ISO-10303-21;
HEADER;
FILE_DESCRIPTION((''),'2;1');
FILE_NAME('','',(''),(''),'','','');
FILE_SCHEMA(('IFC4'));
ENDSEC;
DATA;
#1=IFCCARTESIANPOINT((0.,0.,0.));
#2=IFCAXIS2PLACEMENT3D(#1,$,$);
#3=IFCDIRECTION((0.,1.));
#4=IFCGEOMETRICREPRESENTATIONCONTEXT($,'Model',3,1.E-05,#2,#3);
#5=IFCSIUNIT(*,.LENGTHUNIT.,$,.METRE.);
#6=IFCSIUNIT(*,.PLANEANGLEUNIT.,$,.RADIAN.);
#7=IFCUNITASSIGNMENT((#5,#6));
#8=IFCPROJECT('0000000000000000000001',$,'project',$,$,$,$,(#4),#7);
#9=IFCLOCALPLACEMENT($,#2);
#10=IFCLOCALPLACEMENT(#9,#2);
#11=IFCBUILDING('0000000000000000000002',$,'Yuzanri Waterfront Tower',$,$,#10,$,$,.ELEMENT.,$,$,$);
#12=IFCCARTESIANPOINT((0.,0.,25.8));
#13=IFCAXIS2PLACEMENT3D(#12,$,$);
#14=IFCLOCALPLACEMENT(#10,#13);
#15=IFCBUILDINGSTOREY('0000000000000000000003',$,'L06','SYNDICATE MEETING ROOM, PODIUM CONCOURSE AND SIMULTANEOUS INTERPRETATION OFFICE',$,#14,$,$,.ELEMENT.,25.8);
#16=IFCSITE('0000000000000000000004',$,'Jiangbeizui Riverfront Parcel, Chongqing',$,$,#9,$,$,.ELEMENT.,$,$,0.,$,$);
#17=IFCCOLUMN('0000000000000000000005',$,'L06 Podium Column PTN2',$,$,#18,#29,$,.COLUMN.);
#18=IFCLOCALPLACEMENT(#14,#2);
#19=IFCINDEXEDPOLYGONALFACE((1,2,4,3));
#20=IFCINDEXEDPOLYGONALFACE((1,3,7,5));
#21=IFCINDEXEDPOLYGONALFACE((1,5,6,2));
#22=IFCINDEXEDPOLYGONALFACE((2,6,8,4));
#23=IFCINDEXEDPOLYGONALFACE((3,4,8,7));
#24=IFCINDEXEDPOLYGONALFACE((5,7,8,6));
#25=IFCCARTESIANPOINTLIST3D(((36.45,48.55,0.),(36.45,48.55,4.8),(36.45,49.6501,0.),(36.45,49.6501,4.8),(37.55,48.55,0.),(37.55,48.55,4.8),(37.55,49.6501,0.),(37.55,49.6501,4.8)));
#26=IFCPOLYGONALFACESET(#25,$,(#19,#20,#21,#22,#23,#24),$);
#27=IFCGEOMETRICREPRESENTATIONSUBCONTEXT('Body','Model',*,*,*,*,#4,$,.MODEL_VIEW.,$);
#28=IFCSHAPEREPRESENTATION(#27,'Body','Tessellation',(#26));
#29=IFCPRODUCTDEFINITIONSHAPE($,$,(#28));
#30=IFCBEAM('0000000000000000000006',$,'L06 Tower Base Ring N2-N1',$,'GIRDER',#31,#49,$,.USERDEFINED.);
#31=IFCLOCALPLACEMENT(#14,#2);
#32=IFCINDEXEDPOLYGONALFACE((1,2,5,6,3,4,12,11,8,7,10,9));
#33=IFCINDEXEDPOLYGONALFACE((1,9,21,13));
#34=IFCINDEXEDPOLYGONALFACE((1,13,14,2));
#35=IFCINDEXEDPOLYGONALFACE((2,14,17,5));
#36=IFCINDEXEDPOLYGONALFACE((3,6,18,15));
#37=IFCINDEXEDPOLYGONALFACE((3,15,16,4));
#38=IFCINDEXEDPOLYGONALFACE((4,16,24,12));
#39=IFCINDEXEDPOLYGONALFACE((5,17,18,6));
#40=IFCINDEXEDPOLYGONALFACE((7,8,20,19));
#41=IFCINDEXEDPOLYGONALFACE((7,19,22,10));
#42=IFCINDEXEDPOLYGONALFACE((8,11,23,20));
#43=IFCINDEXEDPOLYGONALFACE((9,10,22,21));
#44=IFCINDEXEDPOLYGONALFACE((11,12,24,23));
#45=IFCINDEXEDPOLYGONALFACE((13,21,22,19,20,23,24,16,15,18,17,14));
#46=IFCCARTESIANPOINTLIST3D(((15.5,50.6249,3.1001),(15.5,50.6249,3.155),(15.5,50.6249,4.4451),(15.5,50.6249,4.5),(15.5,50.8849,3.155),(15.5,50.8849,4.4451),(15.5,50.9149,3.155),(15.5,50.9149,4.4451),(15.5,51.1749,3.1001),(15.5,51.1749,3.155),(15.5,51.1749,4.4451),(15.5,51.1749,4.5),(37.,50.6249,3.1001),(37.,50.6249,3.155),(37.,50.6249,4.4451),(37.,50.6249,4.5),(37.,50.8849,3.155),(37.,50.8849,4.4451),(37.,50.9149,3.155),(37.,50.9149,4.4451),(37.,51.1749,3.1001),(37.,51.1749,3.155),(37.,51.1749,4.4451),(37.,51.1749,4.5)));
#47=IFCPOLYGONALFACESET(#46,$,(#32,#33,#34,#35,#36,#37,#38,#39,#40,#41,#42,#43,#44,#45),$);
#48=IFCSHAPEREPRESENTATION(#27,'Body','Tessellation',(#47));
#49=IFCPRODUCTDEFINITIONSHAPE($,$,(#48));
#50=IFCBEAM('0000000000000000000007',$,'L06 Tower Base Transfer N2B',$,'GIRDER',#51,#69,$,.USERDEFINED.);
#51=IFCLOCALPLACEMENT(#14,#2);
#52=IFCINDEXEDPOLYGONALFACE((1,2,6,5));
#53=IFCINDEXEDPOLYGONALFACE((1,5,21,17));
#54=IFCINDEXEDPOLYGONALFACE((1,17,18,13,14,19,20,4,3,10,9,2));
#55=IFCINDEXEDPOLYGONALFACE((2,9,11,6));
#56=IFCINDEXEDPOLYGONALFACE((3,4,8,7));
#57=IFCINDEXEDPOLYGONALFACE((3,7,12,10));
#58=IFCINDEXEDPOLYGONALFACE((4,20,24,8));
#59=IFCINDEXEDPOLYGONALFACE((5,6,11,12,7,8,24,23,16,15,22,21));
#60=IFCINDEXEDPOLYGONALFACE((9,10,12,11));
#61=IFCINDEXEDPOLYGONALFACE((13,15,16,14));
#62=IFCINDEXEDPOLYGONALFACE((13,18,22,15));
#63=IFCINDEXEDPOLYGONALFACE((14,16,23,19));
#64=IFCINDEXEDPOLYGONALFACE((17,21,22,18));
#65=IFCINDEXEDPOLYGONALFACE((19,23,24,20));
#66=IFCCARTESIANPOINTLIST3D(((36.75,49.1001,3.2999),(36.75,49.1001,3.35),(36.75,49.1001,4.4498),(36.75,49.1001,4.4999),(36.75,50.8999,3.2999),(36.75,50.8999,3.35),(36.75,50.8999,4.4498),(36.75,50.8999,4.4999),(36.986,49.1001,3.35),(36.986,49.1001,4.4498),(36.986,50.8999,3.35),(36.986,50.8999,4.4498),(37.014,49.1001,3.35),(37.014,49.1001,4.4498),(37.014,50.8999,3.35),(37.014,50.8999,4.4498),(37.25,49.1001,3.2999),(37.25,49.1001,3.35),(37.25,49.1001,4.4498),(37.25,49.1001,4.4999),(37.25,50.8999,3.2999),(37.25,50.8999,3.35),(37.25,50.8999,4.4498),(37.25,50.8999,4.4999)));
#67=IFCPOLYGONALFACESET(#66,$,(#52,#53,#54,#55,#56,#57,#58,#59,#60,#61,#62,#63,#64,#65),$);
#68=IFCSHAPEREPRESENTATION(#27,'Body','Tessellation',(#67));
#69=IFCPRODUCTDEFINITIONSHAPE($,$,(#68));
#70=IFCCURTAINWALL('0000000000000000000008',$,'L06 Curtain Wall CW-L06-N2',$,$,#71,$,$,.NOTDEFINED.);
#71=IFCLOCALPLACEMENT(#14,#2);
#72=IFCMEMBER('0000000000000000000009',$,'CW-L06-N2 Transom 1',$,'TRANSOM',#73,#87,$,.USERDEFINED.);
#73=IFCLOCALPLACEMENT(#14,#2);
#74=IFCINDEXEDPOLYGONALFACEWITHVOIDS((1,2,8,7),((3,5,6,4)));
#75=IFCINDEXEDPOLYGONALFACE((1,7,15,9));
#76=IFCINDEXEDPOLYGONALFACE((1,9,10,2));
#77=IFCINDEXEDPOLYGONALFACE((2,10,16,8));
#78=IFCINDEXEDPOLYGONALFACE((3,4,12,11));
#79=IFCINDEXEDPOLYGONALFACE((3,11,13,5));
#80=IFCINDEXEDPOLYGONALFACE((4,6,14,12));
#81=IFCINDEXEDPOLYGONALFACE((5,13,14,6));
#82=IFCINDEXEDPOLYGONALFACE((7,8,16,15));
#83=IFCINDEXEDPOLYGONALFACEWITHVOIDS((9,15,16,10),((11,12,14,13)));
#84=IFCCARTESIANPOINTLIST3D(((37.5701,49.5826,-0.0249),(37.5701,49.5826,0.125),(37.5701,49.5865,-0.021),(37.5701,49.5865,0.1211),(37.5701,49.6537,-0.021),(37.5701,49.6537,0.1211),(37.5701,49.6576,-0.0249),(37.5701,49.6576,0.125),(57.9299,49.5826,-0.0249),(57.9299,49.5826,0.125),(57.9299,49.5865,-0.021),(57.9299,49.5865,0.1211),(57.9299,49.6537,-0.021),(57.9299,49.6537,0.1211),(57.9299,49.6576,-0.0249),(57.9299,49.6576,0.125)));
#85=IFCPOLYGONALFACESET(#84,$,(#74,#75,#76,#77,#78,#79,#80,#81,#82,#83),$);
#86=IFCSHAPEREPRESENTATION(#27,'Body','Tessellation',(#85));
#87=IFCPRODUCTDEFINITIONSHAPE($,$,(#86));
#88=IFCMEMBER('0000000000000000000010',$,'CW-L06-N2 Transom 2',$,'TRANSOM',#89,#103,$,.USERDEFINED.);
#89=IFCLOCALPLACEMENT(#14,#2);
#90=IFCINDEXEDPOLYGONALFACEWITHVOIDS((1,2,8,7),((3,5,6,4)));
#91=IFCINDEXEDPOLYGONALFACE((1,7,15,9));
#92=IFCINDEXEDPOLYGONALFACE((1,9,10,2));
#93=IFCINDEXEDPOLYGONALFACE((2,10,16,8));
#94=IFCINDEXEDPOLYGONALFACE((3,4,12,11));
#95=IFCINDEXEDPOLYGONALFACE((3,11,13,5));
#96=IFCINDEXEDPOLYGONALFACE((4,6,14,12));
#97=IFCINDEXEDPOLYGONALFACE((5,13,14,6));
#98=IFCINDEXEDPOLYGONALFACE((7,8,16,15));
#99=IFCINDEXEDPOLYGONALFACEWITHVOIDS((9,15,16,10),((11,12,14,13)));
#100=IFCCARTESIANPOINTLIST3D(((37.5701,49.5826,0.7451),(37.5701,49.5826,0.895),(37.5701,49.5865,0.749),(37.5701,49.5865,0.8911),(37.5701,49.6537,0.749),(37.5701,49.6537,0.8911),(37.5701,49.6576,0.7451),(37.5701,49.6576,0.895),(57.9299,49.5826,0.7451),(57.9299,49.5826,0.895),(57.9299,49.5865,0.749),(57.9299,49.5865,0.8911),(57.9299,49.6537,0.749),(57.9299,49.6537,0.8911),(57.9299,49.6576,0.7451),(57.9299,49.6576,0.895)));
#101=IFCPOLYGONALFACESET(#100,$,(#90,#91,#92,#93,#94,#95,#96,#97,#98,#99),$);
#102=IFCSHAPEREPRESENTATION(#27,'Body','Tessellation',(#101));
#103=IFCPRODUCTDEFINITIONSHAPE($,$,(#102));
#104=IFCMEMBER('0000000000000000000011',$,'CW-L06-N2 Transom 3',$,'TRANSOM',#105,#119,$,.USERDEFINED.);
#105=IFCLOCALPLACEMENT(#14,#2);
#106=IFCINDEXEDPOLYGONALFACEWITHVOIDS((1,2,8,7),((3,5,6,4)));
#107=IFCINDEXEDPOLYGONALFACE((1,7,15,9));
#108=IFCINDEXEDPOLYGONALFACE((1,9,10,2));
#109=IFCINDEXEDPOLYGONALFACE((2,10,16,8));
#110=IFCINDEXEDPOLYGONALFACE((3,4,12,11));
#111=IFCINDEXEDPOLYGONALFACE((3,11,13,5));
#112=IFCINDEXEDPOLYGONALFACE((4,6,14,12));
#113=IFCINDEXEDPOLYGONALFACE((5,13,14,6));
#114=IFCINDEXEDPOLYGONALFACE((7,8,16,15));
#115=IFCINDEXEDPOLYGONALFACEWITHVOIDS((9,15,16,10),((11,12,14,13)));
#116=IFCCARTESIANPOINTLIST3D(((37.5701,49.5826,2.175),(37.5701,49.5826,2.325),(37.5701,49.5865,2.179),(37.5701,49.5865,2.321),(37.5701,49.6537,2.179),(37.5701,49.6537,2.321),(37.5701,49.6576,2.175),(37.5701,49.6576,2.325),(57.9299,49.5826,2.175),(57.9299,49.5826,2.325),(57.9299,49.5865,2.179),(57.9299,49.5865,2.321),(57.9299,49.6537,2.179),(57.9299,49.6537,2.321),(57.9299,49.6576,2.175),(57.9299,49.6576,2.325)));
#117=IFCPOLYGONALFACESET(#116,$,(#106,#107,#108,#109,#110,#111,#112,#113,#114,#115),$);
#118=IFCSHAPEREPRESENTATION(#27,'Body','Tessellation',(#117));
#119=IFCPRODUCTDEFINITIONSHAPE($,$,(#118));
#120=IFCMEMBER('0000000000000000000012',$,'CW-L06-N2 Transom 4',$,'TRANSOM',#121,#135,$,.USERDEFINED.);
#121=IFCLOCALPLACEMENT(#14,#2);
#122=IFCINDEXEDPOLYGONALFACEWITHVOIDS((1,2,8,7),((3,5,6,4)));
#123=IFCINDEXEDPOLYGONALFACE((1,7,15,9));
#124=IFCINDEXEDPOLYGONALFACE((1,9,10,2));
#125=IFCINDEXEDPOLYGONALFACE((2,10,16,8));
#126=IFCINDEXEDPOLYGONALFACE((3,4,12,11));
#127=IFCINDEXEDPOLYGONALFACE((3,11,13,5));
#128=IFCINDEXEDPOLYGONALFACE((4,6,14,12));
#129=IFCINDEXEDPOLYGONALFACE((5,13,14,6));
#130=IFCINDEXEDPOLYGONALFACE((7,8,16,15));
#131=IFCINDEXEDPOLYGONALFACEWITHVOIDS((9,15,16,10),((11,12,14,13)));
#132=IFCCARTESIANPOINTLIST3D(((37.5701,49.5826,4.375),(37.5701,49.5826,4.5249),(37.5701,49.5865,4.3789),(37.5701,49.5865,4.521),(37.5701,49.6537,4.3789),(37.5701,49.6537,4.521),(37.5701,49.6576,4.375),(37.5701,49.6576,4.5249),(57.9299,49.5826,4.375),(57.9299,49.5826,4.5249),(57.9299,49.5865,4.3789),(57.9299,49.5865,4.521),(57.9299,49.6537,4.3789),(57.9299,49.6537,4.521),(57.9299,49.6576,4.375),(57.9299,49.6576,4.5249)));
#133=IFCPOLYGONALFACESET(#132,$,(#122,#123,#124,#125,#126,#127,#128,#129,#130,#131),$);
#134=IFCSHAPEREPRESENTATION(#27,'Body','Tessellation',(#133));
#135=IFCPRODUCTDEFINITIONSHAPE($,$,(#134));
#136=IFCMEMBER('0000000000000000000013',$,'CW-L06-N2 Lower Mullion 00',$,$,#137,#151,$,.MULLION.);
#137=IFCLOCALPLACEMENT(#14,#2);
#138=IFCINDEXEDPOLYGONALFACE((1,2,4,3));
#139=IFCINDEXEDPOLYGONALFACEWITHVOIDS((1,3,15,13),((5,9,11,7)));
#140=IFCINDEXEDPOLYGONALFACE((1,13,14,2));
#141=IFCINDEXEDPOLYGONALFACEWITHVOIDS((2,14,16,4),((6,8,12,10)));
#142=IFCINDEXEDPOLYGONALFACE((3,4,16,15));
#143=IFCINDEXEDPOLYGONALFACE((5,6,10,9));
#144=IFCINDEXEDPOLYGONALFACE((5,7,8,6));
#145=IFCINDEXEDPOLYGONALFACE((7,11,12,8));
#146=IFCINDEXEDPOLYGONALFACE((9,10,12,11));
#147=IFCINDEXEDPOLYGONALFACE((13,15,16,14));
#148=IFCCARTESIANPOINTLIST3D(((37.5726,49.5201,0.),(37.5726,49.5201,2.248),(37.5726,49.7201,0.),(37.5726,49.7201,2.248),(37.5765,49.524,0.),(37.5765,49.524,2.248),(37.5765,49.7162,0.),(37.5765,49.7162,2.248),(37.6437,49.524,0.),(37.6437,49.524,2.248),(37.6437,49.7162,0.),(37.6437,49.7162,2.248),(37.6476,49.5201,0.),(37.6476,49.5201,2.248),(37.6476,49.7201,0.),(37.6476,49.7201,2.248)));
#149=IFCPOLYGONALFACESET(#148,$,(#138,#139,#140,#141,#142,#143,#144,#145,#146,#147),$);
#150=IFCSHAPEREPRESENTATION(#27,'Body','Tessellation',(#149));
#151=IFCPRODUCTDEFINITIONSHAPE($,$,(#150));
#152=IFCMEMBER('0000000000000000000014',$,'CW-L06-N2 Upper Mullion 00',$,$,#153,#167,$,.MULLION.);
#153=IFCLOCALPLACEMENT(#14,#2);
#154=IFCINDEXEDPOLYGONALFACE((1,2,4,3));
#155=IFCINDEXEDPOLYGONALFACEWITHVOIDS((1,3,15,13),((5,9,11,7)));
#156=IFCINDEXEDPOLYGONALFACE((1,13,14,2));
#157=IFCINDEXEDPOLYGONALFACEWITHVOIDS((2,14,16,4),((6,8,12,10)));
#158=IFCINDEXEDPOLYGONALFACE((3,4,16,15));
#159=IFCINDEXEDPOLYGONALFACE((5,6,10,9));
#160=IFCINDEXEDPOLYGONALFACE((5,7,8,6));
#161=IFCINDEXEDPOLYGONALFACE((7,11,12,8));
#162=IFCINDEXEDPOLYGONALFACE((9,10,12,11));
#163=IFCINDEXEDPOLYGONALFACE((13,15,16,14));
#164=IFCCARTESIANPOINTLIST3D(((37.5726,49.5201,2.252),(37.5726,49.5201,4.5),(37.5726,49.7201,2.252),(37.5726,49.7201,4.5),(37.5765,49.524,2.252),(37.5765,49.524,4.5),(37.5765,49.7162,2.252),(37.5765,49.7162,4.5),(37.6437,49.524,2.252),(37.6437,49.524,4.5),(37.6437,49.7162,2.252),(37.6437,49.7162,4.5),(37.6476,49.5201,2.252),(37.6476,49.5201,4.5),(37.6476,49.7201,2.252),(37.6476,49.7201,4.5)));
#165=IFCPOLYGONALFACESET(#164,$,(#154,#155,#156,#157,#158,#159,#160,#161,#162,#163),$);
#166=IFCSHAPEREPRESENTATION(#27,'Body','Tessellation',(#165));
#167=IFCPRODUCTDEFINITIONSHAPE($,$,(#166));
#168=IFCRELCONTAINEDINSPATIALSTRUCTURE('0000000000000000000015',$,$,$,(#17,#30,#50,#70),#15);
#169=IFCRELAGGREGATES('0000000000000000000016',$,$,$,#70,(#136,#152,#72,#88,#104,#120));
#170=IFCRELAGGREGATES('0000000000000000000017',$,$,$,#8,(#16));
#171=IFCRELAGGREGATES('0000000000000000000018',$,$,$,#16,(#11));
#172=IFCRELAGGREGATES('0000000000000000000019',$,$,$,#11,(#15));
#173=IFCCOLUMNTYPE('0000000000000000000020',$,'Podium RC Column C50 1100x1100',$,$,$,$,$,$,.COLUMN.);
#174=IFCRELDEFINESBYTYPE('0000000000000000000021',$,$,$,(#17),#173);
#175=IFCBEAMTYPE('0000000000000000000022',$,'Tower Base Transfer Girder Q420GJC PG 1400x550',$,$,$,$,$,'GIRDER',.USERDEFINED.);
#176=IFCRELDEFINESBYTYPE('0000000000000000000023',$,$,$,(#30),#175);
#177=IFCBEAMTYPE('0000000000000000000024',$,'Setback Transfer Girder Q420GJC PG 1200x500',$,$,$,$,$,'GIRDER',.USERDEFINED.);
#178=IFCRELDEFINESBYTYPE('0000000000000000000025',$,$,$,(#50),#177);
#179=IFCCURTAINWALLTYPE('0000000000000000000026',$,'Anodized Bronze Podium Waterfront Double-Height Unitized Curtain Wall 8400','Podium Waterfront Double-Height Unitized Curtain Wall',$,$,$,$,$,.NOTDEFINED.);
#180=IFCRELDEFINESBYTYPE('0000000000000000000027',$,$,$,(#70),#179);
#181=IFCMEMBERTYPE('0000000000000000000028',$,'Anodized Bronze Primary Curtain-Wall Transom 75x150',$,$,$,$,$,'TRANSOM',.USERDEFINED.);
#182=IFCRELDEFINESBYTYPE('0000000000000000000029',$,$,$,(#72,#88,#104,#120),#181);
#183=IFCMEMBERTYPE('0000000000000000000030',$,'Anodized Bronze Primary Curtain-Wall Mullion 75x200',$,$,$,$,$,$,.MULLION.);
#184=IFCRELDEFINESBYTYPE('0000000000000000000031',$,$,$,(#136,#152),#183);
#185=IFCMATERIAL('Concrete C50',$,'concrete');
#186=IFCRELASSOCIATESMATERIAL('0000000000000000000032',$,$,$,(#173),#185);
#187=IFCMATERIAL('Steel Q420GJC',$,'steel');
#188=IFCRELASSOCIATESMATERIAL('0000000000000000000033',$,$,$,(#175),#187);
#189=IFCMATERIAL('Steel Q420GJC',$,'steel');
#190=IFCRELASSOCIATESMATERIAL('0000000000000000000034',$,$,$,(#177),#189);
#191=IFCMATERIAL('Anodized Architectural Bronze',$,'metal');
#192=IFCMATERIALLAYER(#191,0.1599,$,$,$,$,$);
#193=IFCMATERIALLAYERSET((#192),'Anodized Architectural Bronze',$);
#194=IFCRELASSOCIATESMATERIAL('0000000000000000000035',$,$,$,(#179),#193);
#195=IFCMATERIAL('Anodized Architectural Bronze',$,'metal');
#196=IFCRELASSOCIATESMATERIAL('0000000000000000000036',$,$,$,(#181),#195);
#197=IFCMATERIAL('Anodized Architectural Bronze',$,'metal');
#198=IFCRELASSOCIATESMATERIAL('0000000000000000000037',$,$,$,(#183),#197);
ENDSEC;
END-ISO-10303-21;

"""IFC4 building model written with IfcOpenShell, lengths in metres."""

from ifc_helpers import new_model, si_unit, direction, frame, origin, origin_2d, place, context, subcontext, project, spatial, rectangle, hollow_rectangle, i_section, extrude, source, transform, mapped, material, layer, layer_set, material_profile, profile_set, type_object, element, aggregate, save


model = new_model("IFC4")

# Units and contexts
model_context = context("Model", 3, precision=1e-05, world=origin(), true_north=direction((0.0, 1.0)))
body_context = subcontext(model_context, "Body", "Model", "MODEL_VIEW")
ifc_project = project(units=[si_unit("LENGTHUNIT", "METRE"), si_unit("PLANEANGLEUNIT", "RADIAN")], contexts=[model_context])

# Site, building, storey
site_placement = place(None, origin())
site = spatial("IfcSite", under=ifc_project, at=site_placement, Name="Jiangbeizui Riverfront Parcel, Chongqing", CompositionType="ELEMENT", RefElevation=0.0)
building_placement = place(site_placement, origin())
building = spatial("IfcBuilding", under=site, at=building_placement, Name="Yuzanri Waterfront Tower", CompositionType="ELEMENT")
storey_placement = place(building_placement, frame((0.0, 0.0, 25.8)))
storey = spatial("IfcBuildingStorey", under=building, at=storey_placement, Name="L06", Description="SYNDICATE MEETING ROOM, PODIUM CONCOURSE AND SIMULTANEOUS INTERPRETATION OFFICE", CompositionType="ELEMENT", Elevation=25.8)

# Column
ifc_material_1 = material(Name="Concrete C50", Category="concrete")
ifc_material_profile_1 = material_profile(ifc_material_1, rectangle(XDim=1.1001, YDim=1.1001, at=origin_2d()), Name="RC 1100x1100")
ifc_profile_set_1 = profile_set([ifc_material_profile_1], Name="Concrete C50")
column_type = type_object("IfcColumnType", Name="Podium RC Column C50 1100x1100", PredefinedType="COLUMN", material=ifc_profile_set_1)
shared_shape_1 = source(origin(), body_context, "Body", "SweptSolid", [
    extrude(rectangle(XDim=1.1001, YDim=1.1001, at=origin_2d()), origin(), (0.0, 0.0, 1.0), 4.8),
])
column_placement = place(storey_placement, frame((37.0, 49.1001, 0.0), z_axis=(0.0, 0.0, 1.0), x_axis=(1.0, 0.0, 0.0)))
element("IfcColumn", 1, at=column_placement, inside=storey, type_object=column_type, Name="L06 Podium Column PTN2", PredefinedType="COLUMN", context=body_context, shape_type="MappedRepresentation", body=[
    mapped(shared_shape_1, transform((0.0, 0.0, 0.0), scale=1.0)),
])

# Beams
ifc_material_2 = material(Name="Steel Q420GJC", Category="steel")
ifc_material_profile_2 = material_profile(ifc_material_2, i_section(OverallWidth=0.55, OverallDepth=1.3999, WebThickness=0.03, FlangeThickness=0.0549, at=origin_2d()), Name="PG 1400x550x30x55")
ifc_profile_set_2 = profile_set([ifc_material_profile_2], Name="Steel Q420GJC")
beam_type_1 = type_object("IfcBeamType", Name="Tower Base Transfer Girder Q420GJC PG 1400x550", ElementType="GIRDER", PredefinedType="USERDEFINED", material=ifc_profile_set_2)
shared_shape_2 = source(origin(), body_context, "Body", "SweptSolid", [
    extrude(i_section(OverallWidth=0.55, OverallDepth=1.3999, WebThickness=0.03, FlangeThickness=0.0549, at=origin_2d()), origin(), (0.0, 0.0, 1.0), 21.5),
])
beam_1_placement = place(storey_placement, frame((37.0, 50.8999, 3.8), z_axis=(-1.0, 0.0, 0.0), x_axis=(0.0, -1.0, 0.0)))
element("IfcBeam", 2, at=beam_1_placement, inside=storey, type_object=beam_type_1, Name="L06 Tower Base Ring N2-N1", ObjectType="GIRDER", PredefinedType="USERDEFINED", context=body_context, shape_type="MappedRepresentation", body=[
    mapped(shared_shape_2, transform((0.0, 0.0, 0.0), scale=1.0)),
])
ifc_material_3 = material(Name="Steel Q420GJC", Category="steel")
ifc_material_profile_3 = material_profile(ifc_material_3, i_section(OverallWidth=0.5, OverallDepth=1.2, WebThickness=0.0281, FlangeThickness=0.05, at=origin_2d()), Name="PG 1200x500x28x50")
ifc_profile_set_3 = profile_set([ifc_material_profile_3], Name="Steel Q420GJC")
beam_type_2 = type_object("IfcBeamType", Name="Setback Transfer Girder Q420GJC PG 1200x500", ElementType="GIRDER", PredefinedType="USERDEFINED", material=ifc_profile_set_3)
shared_shape_3 = source(origin(), body_context, "Body", "SweptSolid", [
    extrude(i_section(OverallWidth=0.5, OverallDepth=1.2, WebThickness=0.0281, FlangeThickness=0.05, at=origin_2d()), origin(), (0.0, 0.0, 1.0), 1.7998),
])
beam_2_placement = place(storey_placement, frame((37.0, 50.8999, 3.8999), z_axis=(0.0, -1.0, 0.0), x_axis=(1.0, 0.0, 0.0)))
element("IfcBeam", 3, at=beam_2_placement, inside=storey, type_object=beam_type_2, Name="L06 Tower Base Transfer N2B", ObjectType="GIRDER", PredefinedType="USERDEFINED", context=body_context, shape_type="MappedRepresentation", body=[
    mapped(shared_shape_3, transform((0.0, 0.0, 0.0), scale=1.0)),
])

# Curtain wall, members
ifc_material_4 = material(Name="Anodized Architectural Bronze", Category="metal")
ifc_layer_1 = layer(ifc_material_4, 0.1599)
ifc_layer_set_1 = layer_set([ifc_layer_1], Name="Anodized Architectural Bronze")
curtain_wall_type = type_object("IfcCurtainWallType", Name="Anodized Bronze Podium Waterfront Double-Height Unitized Curtain Wall 8400", Description="Podium Waterfront Double-Height Unitized Curtain Wall", PredefinedType="NOTDEFINED", material=ifc_layer_set_1)
curtain_wall_placement = place(storey_placement, origin())
curtain_wall = element("IfcCurtainWall", 4, at=curtain_wall_placement, inside=storey, type_object=curtain_wall_type, Name="L06 Curtain Wall CW-L06-N2", PredefinedType="NOTDEFINED")
ifc_material_5 = material(Name="Anodized Architectural Bronze", Category="metal")
ifc_material_profile_4 = material_profile(ifc_material_5, hollow_rectangle(XDim=0.075, YDim=0.1499, WallThickness=0.0039, at=origin_2d()), Name="CWT 75x150")
ifc_profile_set_4 = profile_set([ifc_material_profile_4], Name="Anodized Architectural Bronze")
member_type_1 = type_object("IfcMemberType", Name="Anodized Bronze Primary Curtain-Wall Transom 75x150", ElementType="TRANSOM", PredefinedType="USERDEFINED", material=ifc_profile_set_4)
shared_shape_4 = source(origin(), body_context, "Body", "SweptSolid", [
    extrude(hollow_rectangle(XDim=0.075, YDim=0.1499, WallThickness=0.0039, at=origin_2d()), origin(), (0.0, 0.0, 1.0), 20.3599),
])
member_1_placement = place(storey_placement, frame((37.5701, 49.6201, 0.05), z_axis=(1.0, 0.0, 0.0), x_axis=(0.0, 1.0, 0.0)))
member_1 = element("IfcMember", 5, at=member_1_placement, type_object=member_type_1, Name="CW-L06-N2 Transom 1", ObjectType="TRANSOM", PredefinedType="USERDEFINED", context=body_context, shape_type="MappedRepresentation", body=[
    mapped(shared_shape_4, transform((0.0, 0.0, 0.0), scale=1.0)),
])
member_2_placement = place(storey_placement, frame((37.5701, 49.6201, 0.8201), z_axis=(1.0, 0.0, 0.0), x_axis=(0.0, 1.0, 0.0)))
member_2 = element("IfcMember", 6, at=member_2_placement, type_object=member_type_1, Name="CW-L06-N2 Transom 2", ObjectType="TRANSOM", PredefinedType="USERDEFINED", context=body_context, shape_type="MappedRepresentation", body=[
    mapped(shared_shape_4, transform((0.0, 0.0, 0.0), scale=1.0)),
])
member_3_placement = place(storey_placement, frame((37.5701, 49.6201, 2.25), z_axis=(1.0, 0.0, 0.0), x_axis=(0.0, 1.0, 0.0)))
member_3 = element("IfcMember", 7, at=member_3_placement, type_object=member_type_1, Name="CW-L06-N2 Transom 3", ObjectType="TRANSOM", PredefinedType="USERDEFINED", context=body_context, shape_type="MappedRepresentation", body=[
    mapped(shared_shape_4, transform((0.0, 0.0, 0.0), scale=1.0)),
])
member_4_placement = place(storey_placement, frame((37.5701, 49.6201, 4.45), z_axis=(1.0, 0.0, 0.0), x_axis=(0.0, 1.0, 0.0)))
member_4 = element("IfcMember", 8, at=member_4_placement, type_object=member_type_1, Name="CW-L06-N2 Transom 4", ObjectType="TRANSOM", PredefinedType="USERDEFINED", context=body_context, shape_type="MappedRepresentation", body=[
    mapped(shared_shape_4, transform((0.0, 0.0, 0.0), scale=1.0)),
])
ifc_material_6 = material(Name="Anodized Architectural Bronze", Category="metal")
ifc_material_profile_5 = material_profile(ifc_material_6, hollow_rectangle(XDim=0.075, YDim=0.2, WallThickness=0.0039, at=origin_2d()), Name="CWM 75x200")
ifc_profile_set_5 = profile_set([ifc_material_profile_5], Name="Anodized Architectural Bronze")
member_type_2 = type_object("IfcMemberType", Name="Anodized Bronze Primary Curtain-Wall Mullion 75x200", PredefinedType="MULLION", material=ifc_profile_set_5)
shared_shape_5 = source(origin(), body_context, "Body", "SweptSolid", [
    extrude(hollow_rectangle(XDim=0.075, YDim=0.2, WallThickness=0.0039, at=origin_2d()), origin(), (0.0, 0.0, 1.0), 2.248),
])
member_5_placement = place(storey_placement, frame((37.6101, 49.6201, 0.0), z_axis=(0.0, 0.0, 1.0), x_axis=(1.0, 0.0, 0.0)))
member_5 = element("IfcMember", 9, at=member_5_placement, type_object=member_type_2, Name="CW-L06-N2 Lower Mullion 00", PredefinedType="MULLION", context=body_context, shape_type="MappedRepresentation", body=[
    mapped(shared_shape_5, transform((0.0, 0.0, 0.0), scale=1.0)),
])
member_6_placement = place(storey_placement, frame((37.6101, 49.6201, 2.252), z_axis=(0.0, 0.0, 1.0), x_axis=(1.0, 0.0, 0.0)))
member_6 = element("IfcMember", 10, at=member_6_placement, type_object=member_type_2, Name="CW-L06-N2 Upper Mullion 00", PredefinedType="MULLION", context=body_context, shape_type="MappedRepresentation", body=[
    mapped(shared_shape_5, transform((0.0, 0.0, 0.0), scale=1.0)),
])
aggregate(curtain_wall, [member_5, member_6, member_1, member_2, member_3, member_4])

save(model, "model.ifc")
